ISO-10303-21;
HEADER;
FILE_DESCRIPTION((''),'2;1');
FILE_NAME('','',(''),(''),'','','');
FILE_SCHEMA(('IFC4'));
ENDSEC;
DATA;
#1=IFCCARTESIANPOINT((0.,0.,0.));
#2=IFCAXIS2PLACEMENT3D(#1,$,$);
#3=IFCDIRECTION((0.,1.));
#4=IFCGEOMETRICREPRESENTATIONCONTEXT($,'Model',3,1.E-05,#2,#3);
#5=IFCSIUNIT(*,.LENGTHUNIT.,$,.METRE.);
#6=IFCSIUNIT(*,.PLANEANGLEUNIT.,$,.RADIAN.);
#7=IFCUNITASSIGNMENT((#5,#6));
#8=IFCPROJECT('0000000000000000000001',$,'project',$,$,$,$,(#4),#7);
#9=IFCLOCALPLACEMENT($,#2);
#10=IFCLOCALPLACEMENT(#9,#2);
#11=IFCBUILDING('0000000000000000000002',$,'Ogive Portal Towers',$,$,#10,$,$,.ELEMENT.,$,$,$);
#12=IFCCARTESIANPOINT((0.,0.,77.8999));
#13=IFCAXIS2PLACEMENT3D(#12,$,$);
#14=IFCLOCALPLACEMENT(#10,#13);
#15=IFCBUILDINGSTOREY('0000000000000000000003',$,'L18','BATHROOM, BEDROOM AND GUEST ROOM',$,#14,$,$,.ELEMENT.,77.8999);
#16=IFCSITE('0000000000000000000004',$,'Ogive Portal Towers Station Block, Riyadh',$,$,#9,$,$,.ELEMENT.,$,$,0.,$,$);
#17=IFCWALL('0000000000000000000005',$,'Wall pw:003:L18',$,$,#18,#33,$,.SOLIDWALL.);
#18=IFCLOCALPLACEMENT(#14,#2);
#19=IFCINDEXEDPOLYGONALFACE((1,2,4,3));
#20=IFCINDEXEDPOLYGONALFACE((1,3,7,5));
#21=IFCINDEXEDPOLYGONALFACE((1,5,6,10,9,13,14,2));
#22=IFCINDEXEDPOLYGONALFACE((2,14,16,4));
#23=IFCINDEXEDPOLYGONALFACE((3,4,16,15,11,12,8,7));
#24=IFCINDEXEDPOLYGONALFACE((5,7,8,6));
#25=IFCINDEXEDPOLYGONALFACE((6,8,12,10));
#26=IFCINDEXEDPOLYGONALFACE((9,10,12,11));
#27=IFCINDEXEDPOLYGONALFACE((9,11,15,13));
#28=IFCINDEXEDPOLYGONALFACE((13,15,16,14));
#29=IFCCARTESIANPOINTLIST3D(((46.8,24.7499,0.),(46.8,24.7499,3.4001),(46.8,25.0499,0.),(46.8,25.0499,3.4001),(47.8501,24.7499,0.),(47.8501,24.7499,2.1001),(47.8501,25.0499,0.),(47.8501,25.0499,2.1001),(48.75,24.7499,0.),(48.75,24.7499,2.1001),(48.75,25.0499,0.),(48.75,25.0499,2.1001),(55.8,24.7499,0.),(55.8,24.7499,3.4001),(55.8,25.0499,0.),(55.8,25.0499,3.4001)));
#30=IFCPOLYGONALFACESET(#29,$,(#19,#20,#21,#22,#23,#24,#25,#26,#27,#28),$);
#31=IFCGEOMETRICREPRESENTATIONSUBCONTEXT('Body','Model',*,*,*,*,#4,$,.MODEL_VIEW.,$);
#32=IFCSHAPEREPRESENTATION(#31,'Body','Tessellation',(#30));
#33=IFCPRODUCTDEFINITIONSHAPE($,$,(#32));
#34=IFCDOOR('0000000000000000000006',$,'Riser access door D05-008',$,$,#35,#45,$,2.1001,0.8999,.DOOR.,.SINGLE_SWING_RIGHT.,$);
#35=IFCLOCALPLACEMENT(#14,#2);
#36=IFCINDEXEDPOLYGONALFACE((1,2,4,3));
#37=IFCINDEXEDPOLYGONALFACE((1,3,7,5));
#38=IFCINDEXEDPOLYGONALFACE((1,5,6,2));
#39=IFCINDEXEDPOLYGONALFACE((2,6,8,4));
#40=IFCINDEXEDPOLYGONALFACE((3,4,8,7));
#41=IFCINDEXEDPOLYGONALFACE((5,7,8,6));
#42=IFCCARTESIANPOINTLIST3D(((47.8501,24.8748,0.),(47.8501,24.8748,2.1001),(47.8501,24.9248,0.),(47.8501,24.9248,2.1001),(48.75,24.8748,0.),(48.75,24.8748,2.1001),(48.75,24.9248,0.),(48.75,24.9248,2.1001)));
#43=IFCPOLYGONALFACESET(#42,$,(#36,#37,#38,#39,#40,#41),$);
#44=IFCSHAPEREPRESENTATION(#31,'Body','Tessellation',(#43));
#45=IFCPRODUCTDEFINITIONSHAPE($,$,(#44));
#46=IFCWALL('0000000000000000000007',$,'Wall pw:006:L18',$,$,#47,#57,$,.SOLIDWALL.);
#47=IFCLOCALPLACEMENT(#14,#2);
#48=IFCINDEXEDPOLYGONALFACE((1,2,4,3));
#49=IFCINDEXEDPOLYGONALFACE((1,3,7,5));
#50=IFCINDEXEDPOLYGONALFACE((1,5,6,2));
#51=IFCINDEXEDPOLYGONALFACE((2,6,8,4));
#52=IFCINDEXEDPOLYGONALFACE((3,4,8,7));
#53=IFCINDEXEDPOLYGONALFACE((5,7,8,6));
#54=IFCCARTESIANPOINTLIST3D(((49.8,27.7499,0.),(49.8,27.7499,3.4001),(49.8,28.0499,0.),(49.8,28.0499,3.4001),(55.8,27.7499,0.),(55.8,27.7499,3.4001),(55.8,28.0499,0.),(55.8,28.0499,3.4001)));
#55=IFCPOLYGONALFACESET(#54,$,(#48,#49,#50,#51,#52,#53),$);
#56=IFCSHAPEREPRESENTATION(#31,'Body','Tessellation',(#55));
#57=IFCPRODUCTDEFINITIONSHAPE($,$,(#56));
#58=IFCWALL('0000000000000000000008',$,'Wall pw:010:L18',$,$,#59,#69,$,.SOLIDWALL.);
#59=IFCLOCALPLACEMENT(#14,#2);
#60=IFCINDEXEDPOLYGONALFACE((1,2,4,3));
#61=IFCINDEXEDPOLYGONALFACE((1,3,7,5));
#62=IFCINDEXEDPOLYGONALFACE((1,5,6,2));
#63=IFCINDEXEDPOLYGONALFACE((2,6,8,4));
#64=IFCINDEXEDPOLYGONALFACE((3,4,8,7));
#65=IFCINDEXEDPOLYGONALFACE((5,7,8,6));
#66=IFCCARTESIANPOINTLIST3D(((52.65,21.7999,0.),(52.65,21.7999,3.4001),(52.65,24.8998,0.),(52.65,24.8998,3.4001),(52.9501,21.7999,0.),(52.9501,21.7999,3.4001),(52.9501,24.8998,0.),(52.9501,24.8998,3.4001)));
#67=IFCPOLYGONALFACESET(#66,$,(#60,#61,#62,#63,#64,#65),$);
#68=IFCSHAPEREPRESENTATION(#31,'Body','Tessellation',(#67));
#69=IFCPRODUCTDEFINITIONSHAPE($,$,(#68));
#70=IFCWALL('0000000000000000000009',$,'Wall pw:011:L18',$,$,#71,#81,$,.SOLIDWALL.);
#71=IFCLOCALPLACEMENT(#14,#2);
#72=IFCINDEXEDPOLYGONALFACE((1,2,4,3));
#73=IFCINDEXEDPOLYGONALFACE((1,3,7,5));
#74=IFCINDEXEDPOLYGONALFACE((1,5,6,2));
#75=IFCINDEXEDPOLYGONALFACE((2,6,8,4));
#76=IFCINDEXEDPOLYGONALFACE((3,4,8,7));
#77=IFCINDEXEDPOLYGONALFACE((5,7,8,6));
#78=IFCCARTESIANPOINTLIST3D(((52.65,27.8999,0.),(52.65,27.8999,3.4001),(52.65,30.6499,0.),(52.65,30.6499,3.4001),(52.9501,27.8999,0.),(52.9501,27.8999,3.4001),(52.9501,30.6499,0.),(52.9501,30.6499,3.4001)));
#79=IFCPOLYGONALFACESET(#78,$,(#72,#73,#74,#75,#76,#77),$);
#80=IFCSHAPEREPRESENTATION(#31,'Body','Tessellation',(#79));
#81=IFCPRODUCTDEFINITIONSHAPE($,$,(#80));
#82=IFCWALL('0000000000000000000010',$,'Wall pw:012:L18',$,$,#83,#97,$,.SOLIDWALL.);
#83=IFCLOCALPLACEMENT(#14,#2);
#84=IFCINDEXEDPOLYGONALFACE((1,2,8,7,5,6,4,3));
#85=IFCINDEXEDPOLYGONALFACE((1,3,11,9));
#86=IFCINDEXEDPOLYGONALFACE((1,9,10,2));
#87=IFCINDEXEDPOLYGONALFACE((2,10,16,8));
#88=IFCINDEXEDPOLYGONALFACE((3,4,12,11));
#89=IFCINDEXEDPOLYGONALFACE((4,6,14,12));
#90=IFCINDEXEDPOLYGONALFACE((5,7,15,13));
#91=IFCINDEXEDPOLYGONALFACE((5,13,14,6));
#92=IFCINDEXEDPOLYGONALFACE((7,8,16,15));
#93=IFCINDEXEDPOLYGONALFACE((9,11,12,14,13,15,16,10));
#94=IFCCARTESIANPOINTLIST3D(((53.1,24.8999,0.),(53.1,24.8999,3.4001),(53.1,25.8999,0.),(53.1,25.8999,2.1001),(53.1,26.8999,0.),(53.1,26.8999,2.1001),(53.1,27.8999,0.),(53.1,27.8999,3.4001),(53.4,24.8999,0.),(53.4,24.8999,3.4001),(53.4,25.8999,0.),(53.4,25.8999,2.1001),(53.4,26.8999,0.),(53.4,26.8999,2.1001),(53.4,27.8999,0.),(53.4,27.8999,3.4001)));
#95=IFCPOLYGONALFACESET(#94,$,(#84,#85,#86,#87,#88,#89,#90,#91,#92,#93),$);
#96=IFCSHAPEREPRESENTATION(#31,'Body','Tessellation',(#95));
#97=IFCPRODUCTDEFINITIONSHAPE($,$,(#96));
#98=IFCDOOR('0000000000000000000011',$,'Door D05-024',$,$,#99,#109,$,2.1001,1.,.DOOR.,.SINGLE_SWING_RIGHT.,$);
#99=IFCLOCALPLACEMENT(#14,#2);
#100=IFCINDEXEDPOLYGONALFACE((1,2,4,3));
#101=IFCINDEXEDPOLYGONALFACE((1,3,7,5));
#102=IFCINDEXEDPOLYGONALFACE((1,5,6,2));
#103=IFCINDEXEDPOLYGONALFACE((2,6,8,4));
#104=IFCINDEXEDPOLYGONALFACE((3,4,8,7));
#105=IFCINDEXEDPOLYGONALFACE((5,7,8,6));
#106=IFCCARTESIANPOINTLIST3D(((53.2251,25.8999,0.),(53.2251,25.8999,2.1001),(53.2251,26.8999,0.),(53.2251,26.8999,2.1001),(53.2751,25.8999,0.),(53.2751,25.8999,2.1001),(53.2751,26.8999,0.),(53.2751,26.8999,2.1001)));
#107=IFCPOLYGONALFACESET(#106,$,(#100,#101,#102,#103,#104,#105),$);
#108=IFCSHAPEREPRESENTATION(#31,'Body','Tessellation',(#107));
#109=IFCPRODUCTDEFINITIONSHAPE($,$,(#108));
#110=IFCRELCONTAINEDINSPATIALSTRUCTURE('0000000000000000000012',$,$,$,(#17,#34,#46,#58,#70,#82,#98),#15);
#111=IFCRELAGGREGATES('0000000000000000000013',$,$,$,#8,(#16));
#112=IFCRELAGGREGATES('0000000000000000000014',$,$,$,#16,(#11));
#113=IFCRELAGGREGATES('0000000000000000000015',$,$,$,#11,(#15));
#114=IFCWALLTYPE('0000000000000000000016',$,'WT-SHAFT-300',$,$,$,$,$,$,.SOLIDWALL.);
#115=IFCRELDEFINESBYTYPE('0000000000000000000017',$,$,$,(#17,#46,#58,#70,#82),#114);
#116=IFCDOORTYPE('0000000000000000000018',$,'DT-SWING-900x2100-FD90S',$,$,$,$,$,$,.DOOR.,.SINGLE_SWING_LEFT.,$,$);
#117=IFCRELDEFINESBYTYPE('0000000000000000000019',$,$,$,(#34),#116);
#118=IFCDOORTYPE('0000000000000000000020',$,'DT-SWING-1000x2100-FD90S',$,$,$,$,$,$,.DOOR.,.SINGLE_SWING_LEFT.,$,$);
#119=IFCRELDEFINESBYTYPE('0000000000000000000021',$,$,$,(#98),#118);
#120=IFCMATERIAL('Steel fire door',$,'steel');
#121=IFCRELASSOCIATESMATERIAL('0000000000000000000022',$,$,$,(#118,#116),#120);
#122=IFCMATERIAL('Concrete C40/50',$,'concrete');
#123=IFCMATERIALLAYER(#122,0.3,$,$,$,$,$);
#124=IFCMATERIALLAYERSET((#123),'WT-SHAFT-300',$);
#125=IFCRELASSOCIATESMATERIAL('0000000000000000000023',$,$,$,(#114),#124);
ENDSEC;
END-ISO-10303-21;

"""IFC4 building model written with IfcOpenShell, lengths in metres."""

from ifc_helpers import new_model, si_unit, direction, frame, frame_2d, origin, place, context, subcontext, project, spatial, rectangle, extrude, material, layer, layer_set, type_object, element, fill, save


model = new_model("IFC4")

# Units and contexts
model_context = context("Model", 3, precision=1e-05, world=origin(), true_north=direction((0.0, 1.0)))
body_context = subcontext(model_context, "Body", "Model", "MODEL_VIEW")
ifc_project = project(units=[si_unit("LENGTHUNIT", "METRE"), si_unit("PLANEANGLEUNIT", "RADIAN")], contexts=[model_context])

# Site, building, storey
site_placement = place(None, origin())
site = spatial("IfcSite", under=ifc_project, at=site_placement, Name="Ogive Portal Towers Station Block, Riyadh", CompositionType="ELEMENT", RefElevation=0.0)
building_placement = place(site_placement, origin())
building = spatial("IfcBuilding", under=site, at=building_placement, Name="Ogive Portal Towers", CompositionType="ELEMENT")
storey_placement = place(building_placement, frame((0.0, 0.0, 77.8999)))
storey = spatial("IfcBuildingStorey", under=building, at=storey_placement, Name="L18", Description="BATHROOM, BEDROOM AND GUEST ROOM", CompositionType="ELEMENT", Elevation=77.8999)

# Shared definitions
ifc_material_1 = material(Name="Steel fire door", Category="steel")
door_type_1 = type_object("IfcDoorType", Name="DT-SWING-1000x2100-FD90S", OperationType="SINGLE_SWING_LEFT", PredefinedType="DOOR", material=ifc_material_1)

# Wall, opening, door
ifc_material_2 = material(Name="Concrete C40/50", Category="concrete")
ifc_layer_1 = layer(ifc_material_2, 0.3)
ifc_layer_set_1 = layer_set([ifc_layer_1], Name="WT-SHAFT-300")
wall_type_1 = type_object("IfcWallType", Name="WT-SHAFT-300", PredefinedType="SOLIDWALL", material=ifc_layer_set_1)
wall_1_placement = place(storey_placement, frame((46.8, 24.8999, 0.0), z_axis=(0.0, 0.0, 1.0), x_axis=(1.0, 0.0, 0.0)))
wall_1 = element("IfcWall", 1, at=wall_1_placement, inside=storey, type_object=wall_type_1, Name="Wall pw:003:L18", PredefinedType="SOLIDWALL", context=body_context, shape_type="SweptSolid", body=[
    extrude(rectangle(XDim=9.0, YDim=0.3, at=frame_2d((4.5, 0.0))), origin(), (0.0, 0.0, 1.0), 3.4001),
])
opening_1_placement = place(wall_1_placement, frame((1.05, 0.0, 0.0)))
opening_1 = element("IfcOpeningElement", 2, at=opening_1_placement, cuts=wall_1, PredefinedType="OPENING", context=body_context, shape_type="SweptSolid", body=[
    extrude(rectangle(XDim=0.8999, YDim=2.1001, at=frame_2d((0.45, 1.05))), frame((0.0, 0.1602, 0.0), z_axis=(0.0, -1.0, 0.0), x_axis=(1.0, 0.0, 0.0)), (0.0, 0.0, 1.0), 0.3201),
])
door_type_2 = type_object("IfcDoorType", Name="DT-SWING-900x2100-FD90S", OperationType="SINGLE_SWING_LEFT", PredefinedType="DOOR", material=ifc_material_1)
door_1_placement = place(opening_1_placement, origin())
door_1 = element("IfcDoor", 3, at=door_1_placement, inside=storey, type_object=door_type_2, Name="Riser access door D05-008", OperationType="SINGLE_SWING_RIGHT", OverallHeight=2.1001, OverallWidth=0.8999, PredefinedType="DOOR", context=body_context, shape_type="SweptSolid", body=[
    extrude(rectangle(XDim=0.8999, YDim=2.1001, at=frame_2d((0.45, 1.05))), frame((0.0, 0.0249, 0.0), z_axis=(0.0, -1.0, 0.0), x_axis=(1.0, 0.0, 0.0)), (0.0, 0.0, 1.0), 0.05),
])
fill(opening_1, door_1)

# Walls
wall_2_placement = place(storey_placement, frame((49.8, 27.8999, 0.0), z_axis=(0.0, 0.0, 1.0), x_axis=(1.0, 0.0, 0.0)))
element("IfcWall", 4, at=wall_2_placement, inside=storey, type_object=wall_type_1, Name="Wall pw:006:L18", PredefinedType="SOLIDWALL", context=body_context, shape_type="SweptSolid", body=[
    extrude(rectangle(XDim=6.0, YDim=0.3, at=frame_2d((3.0, 0.0))), origin(), (0.0, 0.0, 1.0), 3.4001),
])
wall_3_placement = place(storey_placement, frame((52.8, 21.8, 0.0), z_axis=(0.0, 0.0, 1.0), x_axis=(0.0, 1.0, 0.0)))
element("IfcWall", 5, at=wall_3_placement, inside=storey, type_object=wall_type_1, Name="Wall pw:010:L18", PredefinedType="SOLIDWALL", context=body_context, shape_type="SweptSolid", body=[
    extrude(rectangle(XDim=3.0999, YDim=0.3, at=frame_2d((1.5498, 0.0))), origin(), (0.0, 0.0, 1.0), 3.4001),
])
wall_4_placement = place(storey_placement, frame((52.8, 27.8999, 0.0), z_axis=(0.0, 0.0, 1.0), x_axis=(0.0, 1.0, 0.0)))
element("IfcWall", 6, at=wall_4_placement, inside=storey, type_object=wall_type_1, Name="Wall pw:011:L18", PredefinedType="SOLIDWALL", context=body_context, shape_type="SweptSolid", body=[
    extrude(rectangle(XDim=2.75, YDim=0.3, at=frame_2d((1.375, 0.0))), origin(), (0.0, 0.0, 1.0), 3.4001),
])

# Wall, opening, door
wall_5_placement = place(storey_placement, frame((53.25, 24.8999, 0.0), z_axis=(0.0, 0.0, 1.0), x_axis=(0.0, 1.0, 0.0)))
wall_5 = element("IfcWall", 7, at=wall_5_placement, inside=storey, type_object=wall_type_1, Name="Wall pw:012:L18", PredefinedType="SOLIDWALL", context=body_context, shape_type="SweptSolid", body=[
    extrude(rectangle(XDim=3.0, YDim=0.3, at=frame_2d((1.5, 0.0))), origin(), (0.0, 0.0, 1.0), 3.4001),
])
opening_2_placement = place(wall_5_placement, frame((1.0, 0.0, 0.0)))
opening_2 = element("IfcOpeningElement", 8, at=opening_2_placement, cuts=wall_5, PredefinedType="OPENING", context=body_context, shape_type="SweptSolid", body=[
    extrude(rectangle(XDim=1.0, YDim=2.1001, at=frame_2d((0.5, 1.05))), frame((0.0, 0.1602, 0.0), z_axis=(0.0, -1.0, 0.0), x_axis=(1.0, 0.0, 0.0)), (0.0, 0.0, 1.0), 0.3201),
])
door_2_placement = place(opening_2_placement, origin())
door_2 = element("IfcDoor", 9, at=door_2_placement, inside=storey, type_object=door_type_1, Name="Door D05-024", OperationType="SINGLE_SWING_RIGHT", OverallHeight=2.1001, OverallWidth=1.0, PredefinedType="DOOR", context=body_context, shape_type="SweptSolid", body=[
    extrude(rectangle(XDim=1.0, YDim=2.1001, at=frame_2d((0.5, 1.05))), frame((0.0, 0.0249, 0.0), z_axis=(0.0, -1.0, 0.0), x_axis=(1.0, 0.0, 0.0)), (0.0, 0.0, 1.0), 0.05),
])
fill(opening_2, door_2)

save(model, "model.ifc")
